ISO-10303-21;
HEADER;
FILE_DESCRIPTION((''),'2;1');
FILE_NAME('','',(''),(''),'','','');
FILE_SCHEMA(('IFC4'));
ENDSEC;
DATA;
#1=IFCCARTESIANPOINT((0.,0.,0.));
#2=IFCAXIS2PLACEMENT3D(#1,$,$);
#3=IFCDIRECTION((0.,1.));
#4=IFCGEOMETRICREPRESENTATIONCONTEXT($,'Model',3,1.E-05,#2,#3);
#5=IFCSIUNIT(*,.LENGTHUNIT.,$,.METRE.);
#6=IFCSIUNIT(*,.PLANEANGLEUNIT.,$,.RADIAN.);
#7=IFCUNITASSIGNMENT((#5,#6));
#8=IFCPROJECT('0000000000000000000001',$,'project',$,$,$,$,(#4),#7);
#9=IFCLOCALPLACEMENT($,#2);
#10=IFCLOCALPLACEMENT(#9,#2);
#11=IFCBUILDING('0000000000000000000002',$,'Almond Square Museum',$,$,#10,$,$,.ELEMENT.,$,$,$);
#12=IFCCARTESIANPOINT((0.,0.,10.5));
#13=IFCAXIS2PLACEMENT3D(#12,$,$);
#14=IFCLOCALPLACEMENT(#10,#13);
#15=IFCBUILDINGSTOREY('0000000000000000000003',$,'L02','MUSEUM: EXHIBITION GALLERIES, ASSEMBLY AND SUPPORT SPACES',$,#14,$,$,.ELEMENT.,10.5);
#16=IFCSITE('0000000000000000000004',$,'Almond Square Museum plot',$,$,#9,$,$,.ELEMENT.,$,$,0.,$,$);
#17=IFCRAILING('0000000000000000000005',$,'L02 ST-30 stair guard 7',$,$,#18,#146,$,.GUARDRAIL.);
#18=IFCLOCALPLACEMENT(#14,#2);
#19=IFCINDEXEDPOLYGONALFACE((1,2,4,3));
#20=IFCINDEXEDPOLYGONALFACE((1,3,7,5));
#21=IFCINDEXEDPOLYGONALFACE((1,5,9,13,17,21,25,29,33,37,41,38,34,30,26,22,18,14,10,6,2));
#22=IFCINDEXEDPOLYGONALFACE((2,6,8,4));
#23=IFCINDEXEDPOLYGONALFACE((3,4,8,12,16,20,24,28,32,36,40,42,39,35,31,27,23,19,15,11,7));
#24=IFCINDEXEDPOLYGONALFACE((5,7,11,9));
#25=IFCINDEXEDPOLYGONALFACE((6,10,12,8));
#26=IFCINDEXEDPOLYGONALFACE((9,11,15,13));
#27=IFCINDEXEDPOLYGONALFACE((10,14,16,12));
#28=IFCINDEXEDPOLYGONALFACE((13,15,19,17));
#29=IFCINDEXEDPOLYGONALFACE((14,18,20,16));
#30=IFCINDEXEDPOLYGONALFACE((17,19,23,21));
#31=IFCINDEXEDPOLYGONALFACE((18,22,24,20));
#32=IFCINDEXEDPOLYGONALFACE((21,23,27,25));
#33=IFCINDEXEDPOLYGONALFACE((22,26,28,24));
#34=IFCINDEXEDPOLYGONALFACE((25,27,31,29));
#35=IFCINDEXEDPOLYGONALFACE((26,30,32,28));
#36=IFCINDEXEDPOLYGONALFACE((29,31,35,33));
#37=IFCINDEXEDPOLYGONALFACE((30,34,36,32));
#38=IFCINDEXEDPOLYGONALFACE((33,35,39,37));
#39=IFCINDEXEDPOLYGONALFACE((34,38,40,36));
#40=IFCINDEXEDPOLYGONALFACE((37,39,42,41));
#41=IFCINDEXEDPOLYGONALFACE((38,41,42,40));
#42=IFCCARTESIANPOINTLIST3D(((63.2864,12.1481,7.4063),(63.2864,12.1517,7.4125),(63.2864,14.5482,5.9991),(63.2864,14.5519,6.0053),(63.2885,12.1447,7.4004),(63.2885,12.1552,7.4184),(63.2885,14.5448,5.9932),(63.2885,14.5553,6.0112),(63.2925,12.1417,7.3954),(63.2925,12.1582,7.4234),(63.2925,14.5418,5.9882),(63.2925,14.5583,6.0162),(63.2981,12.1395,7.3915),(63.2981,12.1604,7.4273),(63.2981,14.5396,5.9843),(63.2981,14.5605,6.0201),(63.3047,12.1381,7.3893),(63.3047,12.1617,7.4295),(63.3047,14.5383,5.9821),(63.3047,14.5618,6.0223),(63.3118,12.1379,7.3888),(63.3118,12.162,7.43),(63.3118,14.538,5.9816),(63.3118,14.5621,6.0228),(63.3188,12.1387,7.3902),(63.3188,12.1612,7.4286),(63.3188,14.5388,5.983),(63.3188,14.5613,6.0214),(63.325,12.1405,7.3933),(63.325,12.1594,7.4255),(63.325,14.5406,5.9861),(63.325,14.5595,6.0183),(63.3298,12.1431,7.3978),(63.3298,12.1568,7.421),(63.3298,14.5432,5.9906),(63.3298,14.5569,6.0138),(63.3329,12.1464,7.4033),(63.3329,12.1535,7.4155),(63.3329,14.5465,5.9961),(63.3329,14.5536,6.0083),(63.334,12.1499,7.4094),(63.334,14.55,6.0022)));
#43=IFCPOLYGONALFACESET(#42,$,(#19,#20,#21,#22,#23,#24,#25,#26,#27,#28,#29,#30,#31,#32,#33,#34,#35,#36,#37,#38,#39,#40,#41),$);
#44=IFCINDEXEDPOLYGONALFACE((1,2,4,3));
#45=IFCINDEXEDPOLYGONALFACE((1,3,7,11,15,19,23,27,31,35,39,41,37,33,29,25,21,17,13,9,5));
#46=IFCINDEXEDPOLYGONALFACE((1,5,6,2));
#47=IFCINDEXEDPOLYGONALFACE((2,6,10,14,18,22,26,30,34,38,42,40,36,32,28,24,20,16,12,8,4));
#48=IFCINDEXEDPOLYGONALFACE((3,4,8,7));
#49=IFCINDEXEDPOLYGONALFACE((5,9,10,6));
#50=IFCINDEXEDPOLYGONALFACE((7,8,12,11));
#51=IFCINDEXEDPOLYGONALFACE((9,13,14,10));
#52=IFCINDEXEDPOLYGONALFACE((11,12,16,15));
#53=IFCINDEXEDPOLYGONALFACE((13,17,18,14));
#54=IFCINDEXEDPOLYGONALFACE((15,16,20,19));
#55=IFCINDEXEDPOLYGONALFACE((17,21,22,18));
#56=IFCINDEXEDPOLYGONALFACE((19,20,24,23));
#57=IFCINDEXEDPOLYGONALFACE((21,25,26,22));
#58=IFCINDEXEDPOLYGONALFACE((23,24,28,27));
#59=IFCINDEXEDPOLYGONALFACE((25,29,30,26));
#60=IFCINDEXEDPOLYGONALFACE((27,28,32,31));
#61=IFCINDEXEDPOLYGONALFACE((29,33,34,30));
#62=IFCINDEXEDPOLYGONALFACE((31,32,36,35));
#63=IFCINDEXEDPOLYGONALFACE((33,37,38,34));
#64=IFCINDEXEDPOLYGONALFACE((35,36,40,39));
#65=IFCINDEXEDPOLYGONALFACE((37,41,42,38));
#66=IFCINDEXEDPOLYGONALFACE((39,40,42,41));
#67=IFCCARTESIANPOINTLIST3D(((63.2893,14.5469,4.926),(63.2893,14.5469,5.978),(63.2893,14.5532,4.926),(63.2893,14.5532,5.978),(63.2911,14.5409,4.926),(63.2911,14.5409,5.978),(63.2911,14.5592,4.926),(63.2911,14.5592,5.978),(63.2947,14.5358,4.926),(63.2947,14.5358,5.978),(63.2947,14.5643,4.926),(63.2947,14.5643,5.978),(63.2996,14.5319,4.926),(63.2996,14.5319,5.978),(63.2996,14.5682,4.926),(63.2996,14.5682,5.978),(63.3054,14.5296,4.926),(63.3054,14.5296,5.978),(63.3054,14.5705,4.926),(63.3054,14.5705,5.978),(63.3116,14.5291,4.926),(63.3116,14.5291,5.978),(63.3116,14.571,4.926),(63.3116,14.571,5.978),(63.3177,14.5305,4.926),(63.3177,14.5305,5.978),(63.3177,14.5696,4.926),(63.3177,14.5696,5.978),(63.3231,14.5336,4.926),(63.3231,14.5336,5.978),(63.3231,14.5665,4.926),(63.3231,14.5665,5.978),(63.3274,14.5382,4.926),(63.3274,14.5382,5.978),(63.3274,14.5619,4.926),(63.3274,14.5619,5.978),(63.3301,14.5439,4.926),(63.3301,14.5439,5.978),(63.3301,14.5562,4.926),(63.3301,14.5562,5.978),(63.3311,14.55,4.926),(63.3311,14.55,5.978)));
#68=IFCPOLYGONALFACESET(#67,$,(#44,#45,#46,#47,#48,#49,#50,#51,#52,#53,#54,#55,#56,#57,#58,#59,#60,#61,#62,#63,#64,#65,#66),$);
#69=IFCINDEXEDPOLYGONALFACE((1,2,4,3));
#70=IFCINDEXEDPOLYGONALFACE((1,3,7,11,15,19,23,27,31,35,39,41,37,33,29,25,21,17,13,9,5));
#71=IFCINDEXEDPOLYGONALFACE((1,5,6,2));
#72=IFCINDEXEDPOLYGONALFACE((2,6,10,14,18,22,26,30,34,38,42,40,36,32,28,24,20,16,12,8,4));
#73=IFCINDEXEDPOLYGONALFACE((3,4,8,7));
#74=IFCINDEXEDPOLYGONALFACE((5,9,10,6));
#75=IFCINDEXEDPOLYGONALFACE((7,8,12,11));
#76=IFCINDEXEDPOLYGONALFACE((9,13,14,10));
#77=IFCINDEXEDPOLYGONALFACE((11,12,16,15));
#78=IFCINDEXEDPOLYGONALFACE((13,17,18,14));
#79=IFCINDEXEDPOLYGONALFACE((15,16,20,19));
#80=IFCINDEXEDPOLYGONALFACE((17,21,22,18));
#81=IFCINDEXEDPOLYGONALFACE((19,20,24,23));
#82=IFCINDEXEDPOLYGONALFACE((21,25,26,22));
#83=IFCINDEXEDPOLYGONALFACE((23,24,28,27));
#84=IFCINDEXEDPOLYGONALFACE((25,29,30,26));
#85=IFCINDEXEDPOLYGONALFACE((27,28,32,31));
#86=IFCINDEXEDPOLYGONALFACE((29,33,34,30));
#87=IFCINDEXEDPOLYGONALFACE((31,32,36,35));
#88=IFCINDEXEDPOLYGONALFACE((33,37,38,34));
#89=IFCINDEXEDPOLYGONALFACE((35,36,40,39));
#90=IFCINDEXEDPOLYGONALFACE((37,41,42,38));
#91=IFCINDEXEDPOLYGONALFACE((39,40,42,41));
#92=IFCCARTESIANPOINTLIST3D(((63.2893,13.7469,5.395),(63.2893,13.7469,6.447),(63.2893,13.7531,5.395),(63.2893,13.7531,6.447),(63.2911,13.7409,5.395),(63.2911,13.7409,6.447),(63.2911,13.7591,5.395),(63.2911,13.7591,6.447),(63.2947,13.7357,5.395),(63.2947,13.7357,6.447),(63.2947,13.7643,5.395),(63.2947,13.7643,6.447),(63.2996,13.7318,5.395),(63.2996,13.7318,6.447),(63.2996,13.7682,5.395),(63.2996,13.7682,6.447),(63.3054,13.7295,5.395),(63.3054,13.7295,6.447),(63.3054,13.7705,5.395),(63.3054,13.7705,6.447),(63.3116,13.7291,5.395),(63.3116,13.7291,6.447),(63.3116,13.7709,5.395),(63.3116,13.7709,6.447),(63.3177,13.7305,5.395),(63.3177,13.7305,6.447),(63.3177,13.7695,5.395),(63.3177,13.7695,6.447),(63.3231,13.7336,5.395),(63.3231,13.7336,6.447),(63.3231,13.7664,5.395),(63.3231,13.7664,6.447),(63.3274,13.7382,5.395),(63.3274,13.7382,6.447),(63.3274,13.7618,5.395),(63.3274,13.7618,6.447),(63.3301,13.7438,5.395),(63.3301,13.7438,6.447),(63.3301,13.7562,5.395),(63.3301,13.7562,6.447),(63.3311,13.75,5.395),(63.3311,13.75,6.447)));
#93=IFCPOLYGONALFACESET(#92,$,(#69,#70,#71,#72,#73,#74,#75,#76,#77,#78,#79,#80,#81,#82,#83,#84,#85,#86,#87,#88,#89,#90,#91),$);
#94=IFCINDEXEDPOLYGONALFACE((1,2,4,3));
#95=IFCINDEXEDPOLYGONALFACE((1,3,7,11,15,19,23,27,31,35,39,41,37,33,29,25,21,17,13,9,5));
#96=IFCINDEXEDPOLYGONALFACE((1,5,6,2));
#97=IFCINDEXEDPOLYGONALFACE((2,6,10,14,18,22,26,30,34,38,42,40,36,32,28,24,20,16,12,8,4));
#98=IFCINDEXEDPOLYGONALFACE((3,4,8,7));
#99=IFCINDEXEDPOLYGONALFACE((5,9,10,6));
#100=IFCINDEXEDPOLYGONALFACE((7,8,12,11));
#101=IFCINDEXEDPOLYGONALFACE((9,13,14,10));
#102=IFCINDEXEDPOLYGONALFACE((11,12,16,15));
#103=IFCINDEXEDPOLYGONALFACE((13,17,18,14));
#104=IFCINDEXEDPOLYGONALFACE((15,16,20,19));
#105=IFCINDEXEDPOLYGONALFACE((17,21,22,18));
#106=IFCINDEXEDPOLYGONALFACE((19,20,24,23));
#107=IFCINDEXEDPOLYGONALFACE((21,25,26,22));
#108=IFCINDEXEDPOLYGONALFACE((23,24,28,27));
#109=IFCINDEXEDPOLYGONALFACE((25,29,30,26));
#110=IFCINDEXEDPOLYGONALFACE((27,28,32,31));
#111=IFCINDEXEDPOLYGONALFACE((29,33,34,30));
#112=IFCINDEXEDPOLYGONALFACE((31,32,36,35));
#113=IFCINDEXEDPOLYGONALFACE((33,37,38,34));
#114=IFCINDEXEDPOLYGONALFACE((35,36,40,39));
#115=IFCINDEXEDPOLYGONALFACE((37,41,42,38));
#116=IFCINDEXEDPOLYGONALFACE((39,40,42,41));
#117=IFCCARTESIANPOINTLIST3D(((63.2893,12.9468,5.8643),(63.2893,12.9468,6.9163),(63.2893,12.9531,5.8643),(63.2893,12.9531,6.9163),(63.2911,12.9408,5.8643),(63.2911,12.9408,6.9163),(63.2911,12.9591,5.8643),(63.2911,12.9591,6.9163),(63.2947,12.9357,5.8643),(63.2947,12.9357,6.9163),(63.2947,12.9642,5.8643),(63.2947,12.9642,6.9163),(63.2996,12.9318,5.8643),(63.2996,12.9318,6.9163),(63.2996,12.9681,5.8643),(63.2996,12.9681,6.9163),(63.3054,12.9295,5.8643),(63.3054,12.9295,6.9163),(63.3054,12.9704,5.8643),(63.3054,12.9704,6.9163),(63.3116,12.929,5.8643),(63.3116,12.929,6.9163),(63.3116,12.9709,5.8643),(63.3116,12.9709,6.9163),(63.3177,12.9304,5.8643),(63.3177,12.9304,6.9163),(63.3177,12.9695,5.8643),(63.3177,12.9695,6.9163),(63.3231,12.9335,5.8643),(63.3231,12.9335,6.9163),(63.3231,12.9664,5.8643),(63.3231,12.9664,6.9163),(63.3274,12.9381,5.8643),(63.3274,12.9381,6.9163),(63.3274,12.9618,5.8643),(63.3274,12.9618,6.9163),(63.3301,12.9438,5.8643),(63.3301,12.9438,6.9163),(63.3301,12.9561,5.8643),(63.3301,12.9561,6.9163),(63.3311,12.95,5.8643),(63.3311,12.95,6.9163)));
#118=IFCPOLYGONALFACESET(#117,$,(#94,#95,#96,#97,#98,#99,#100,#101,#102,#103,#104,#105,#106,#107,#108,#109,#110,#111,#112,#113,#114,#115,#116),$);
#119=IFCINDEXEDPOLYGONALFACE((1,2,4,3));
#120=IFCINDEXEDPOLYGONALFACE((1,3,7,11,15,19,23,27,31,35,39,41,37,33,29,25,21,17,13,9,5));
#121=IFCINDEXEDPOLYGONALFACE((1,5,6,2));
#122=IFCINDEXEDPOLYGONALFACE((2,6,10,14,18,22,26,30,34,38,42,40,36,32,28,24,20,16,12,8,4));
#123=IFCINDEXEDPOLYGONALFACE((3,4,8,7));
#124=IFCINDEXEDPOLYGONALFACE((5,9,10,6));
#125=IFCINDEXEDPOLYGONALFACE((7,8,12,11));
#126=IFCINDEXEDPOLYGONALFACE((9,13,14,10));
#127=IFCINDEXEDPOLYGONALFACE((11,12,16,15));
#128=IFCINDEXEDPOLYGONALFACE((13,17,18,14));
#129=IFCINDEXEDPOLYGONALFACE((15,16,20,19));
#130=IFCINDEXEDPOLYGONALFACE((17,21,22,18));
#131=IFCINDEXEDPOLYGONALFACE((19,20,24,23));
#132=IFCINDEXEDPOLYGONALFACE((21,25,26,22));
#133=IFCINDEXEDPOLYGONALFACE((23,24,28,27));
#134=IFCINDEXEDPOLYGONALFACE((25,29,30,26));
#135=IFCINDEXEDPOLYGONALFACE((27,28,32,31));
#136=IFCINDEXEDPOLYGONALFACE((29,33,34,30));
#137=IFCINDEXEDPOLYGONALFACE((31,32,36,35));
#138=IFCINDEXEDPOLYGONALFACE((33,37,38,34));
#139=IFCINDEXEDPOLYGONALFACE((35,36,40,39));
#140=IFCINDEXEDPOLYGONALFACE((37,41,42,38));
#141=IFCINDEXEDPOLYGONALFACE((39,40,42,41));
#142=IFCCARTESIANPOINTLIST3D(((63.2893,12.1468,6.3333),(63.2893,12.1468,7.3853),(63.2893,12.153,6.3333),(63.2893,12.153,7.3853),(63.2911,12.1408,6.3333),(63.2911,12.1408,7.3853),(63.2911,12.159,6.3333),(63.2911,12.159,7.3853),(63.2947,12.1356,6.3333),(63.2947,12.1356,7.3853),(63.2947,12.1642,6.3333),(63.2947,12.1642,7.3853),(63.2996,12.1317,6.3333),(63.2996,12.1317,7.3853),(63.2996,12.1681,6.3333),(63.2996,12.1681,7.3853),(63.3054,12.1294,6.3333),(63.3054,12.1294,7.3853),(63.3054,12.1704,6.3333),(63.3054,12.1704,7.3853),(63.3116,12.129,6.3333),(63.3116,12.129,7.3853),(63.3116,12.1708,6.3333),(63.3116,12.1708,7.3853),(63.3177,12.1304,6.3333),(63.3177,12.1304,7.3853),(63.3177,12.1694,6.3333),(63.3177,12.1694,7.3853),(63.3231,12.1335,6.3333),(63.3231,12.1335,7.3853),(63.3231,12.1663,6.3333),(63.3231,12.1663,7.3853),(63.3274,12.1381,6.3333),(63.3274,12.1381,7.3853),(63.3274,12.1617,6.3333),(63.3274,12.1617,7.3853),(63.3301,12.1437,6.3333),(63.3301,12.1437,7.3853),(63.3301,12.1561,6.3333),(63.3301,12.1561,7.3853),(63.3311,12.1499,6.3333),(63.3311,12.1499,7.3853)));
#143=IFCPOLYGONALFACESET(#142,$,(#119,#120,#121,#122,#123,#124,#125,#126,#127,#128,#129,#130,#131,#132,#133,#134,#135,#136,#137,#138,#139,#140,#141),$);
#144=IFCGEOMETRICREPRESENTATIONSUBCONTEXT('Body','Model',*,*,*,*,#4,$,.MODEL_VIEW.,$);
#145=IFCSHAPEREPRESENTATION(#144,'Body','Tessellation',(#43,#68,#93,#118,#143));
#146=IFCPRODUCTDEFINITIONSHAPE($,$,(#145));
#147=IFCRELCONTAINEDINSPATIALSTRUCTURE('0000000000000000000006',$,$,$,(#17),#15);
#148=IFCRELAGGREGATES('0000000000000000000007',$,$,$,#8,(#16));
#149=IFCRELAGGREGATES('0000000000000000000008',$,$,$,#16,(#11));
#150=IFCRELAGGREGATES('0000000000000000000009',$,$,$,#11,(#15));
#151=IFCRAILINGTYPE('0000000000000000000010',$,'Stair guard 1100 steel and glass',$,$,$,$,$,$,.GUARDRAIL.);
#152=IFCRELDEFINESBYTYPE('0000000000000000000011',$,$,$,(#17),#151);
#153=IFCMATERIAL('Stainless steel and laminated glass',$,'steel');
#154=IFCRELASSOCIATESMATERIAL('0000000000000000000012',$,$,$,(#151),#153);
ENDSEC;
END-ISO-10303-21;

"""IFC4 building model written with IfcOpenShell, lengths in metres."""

from ifc_helpers import new_model, si_unit, direction, frame, origin, origin_2d, place, context, subcontext, project, spatial, circle, extrude, material, type_object, element, save


model = new_model("IFC4")

# Units and contexts
model_context = context("Model", 3, precision=1e-05, world=origin(), true_north=direction((0.0, 1.0)))
body_context = subcontext(model_context, "Body", "Model", "MODEL_VIEW")
ifc_project = project(units=[si_unit("LENGTHUNIT", "METRE"), si_unit("PLANEANGLEUNIT", "RADIAN")], contexts=[model_context])

# Site, building, storey
site_placement = place(None, origin())
site = spatial("IfcSite", under=ifc_project, at=site_placement, Name="Almond Square Museum plot", CompositionType="ELEMENT", RefElevation=0.0)
building_placement = place(site_placement, origin())
building = spatial("IfcBuilding", under=site, at=building_placement, Name="Almond Square Museum", CompositionType="ELEMENT")
storey_placement = place(building_placement, frame((0.0, 0.0, 10.5)))
storey = spatial("IfcBuildingStorey", under=building, at=storey_placement, Name="L02", Description="MUSEUM: EXHIBITION GALLERIES, ASSEMBLY AND SUPPORT SPACES", CompositionType="ELEMENT", Elevation=10.5)

# Railing
ifc_material_1 = material(Name="Stainless steel and laminated glass", Category="steel")
railing_type_1 = type_object("IfcRailingType", Name="Stair guard 1100 steel and glass", PredefinedType="GUARDRAIL", material=ifc_material_1)
railing_1_placement = place(storey_placement, frame((63.3101, 14.55, 4.926)))
element("IfcRailing", 1, at=railing_1_placement, inside=storey, type_object=railing_type_1, Name="L02 ST-30 stair guard 7", PredefinedType="GUARDRAIL", context=body_context, shape_type="SweptSolid", body=[
    extrude(circle(Radius=0.0239, at=origin_2d()), frame((0.0, 0.0, 1.0762), z_axis=(0.0, -0.86266, 0.505785), x_axis=(1.0, 0.0, 0.0)), (0.0, 0.0, 1.0), 2.7822),
    extrude(circle(Radius=0.021, at=origin_2d()), origin(), (0.0, 0.0, 1.0), 1.052),
    extrude(circle(Radius=0.021, at=origin_2d()), frame((0.0, -0.8, 0.469)), (0.0, 0.0, 1.0), 1.052),
    extrude(circle(Radius=0.021, at=origin_2d()), frame((0.0, -1.6001, 0.9382)), (0.0, 0.0, 1.0), 1.052),
    extrude(circle(Radius=0.021, at=origin_2d()), frame((0.0, -2.4001, 1.4072)), (0.0, 0.0, 1.0), 1.052),
])

save(model, "model.ifc")
